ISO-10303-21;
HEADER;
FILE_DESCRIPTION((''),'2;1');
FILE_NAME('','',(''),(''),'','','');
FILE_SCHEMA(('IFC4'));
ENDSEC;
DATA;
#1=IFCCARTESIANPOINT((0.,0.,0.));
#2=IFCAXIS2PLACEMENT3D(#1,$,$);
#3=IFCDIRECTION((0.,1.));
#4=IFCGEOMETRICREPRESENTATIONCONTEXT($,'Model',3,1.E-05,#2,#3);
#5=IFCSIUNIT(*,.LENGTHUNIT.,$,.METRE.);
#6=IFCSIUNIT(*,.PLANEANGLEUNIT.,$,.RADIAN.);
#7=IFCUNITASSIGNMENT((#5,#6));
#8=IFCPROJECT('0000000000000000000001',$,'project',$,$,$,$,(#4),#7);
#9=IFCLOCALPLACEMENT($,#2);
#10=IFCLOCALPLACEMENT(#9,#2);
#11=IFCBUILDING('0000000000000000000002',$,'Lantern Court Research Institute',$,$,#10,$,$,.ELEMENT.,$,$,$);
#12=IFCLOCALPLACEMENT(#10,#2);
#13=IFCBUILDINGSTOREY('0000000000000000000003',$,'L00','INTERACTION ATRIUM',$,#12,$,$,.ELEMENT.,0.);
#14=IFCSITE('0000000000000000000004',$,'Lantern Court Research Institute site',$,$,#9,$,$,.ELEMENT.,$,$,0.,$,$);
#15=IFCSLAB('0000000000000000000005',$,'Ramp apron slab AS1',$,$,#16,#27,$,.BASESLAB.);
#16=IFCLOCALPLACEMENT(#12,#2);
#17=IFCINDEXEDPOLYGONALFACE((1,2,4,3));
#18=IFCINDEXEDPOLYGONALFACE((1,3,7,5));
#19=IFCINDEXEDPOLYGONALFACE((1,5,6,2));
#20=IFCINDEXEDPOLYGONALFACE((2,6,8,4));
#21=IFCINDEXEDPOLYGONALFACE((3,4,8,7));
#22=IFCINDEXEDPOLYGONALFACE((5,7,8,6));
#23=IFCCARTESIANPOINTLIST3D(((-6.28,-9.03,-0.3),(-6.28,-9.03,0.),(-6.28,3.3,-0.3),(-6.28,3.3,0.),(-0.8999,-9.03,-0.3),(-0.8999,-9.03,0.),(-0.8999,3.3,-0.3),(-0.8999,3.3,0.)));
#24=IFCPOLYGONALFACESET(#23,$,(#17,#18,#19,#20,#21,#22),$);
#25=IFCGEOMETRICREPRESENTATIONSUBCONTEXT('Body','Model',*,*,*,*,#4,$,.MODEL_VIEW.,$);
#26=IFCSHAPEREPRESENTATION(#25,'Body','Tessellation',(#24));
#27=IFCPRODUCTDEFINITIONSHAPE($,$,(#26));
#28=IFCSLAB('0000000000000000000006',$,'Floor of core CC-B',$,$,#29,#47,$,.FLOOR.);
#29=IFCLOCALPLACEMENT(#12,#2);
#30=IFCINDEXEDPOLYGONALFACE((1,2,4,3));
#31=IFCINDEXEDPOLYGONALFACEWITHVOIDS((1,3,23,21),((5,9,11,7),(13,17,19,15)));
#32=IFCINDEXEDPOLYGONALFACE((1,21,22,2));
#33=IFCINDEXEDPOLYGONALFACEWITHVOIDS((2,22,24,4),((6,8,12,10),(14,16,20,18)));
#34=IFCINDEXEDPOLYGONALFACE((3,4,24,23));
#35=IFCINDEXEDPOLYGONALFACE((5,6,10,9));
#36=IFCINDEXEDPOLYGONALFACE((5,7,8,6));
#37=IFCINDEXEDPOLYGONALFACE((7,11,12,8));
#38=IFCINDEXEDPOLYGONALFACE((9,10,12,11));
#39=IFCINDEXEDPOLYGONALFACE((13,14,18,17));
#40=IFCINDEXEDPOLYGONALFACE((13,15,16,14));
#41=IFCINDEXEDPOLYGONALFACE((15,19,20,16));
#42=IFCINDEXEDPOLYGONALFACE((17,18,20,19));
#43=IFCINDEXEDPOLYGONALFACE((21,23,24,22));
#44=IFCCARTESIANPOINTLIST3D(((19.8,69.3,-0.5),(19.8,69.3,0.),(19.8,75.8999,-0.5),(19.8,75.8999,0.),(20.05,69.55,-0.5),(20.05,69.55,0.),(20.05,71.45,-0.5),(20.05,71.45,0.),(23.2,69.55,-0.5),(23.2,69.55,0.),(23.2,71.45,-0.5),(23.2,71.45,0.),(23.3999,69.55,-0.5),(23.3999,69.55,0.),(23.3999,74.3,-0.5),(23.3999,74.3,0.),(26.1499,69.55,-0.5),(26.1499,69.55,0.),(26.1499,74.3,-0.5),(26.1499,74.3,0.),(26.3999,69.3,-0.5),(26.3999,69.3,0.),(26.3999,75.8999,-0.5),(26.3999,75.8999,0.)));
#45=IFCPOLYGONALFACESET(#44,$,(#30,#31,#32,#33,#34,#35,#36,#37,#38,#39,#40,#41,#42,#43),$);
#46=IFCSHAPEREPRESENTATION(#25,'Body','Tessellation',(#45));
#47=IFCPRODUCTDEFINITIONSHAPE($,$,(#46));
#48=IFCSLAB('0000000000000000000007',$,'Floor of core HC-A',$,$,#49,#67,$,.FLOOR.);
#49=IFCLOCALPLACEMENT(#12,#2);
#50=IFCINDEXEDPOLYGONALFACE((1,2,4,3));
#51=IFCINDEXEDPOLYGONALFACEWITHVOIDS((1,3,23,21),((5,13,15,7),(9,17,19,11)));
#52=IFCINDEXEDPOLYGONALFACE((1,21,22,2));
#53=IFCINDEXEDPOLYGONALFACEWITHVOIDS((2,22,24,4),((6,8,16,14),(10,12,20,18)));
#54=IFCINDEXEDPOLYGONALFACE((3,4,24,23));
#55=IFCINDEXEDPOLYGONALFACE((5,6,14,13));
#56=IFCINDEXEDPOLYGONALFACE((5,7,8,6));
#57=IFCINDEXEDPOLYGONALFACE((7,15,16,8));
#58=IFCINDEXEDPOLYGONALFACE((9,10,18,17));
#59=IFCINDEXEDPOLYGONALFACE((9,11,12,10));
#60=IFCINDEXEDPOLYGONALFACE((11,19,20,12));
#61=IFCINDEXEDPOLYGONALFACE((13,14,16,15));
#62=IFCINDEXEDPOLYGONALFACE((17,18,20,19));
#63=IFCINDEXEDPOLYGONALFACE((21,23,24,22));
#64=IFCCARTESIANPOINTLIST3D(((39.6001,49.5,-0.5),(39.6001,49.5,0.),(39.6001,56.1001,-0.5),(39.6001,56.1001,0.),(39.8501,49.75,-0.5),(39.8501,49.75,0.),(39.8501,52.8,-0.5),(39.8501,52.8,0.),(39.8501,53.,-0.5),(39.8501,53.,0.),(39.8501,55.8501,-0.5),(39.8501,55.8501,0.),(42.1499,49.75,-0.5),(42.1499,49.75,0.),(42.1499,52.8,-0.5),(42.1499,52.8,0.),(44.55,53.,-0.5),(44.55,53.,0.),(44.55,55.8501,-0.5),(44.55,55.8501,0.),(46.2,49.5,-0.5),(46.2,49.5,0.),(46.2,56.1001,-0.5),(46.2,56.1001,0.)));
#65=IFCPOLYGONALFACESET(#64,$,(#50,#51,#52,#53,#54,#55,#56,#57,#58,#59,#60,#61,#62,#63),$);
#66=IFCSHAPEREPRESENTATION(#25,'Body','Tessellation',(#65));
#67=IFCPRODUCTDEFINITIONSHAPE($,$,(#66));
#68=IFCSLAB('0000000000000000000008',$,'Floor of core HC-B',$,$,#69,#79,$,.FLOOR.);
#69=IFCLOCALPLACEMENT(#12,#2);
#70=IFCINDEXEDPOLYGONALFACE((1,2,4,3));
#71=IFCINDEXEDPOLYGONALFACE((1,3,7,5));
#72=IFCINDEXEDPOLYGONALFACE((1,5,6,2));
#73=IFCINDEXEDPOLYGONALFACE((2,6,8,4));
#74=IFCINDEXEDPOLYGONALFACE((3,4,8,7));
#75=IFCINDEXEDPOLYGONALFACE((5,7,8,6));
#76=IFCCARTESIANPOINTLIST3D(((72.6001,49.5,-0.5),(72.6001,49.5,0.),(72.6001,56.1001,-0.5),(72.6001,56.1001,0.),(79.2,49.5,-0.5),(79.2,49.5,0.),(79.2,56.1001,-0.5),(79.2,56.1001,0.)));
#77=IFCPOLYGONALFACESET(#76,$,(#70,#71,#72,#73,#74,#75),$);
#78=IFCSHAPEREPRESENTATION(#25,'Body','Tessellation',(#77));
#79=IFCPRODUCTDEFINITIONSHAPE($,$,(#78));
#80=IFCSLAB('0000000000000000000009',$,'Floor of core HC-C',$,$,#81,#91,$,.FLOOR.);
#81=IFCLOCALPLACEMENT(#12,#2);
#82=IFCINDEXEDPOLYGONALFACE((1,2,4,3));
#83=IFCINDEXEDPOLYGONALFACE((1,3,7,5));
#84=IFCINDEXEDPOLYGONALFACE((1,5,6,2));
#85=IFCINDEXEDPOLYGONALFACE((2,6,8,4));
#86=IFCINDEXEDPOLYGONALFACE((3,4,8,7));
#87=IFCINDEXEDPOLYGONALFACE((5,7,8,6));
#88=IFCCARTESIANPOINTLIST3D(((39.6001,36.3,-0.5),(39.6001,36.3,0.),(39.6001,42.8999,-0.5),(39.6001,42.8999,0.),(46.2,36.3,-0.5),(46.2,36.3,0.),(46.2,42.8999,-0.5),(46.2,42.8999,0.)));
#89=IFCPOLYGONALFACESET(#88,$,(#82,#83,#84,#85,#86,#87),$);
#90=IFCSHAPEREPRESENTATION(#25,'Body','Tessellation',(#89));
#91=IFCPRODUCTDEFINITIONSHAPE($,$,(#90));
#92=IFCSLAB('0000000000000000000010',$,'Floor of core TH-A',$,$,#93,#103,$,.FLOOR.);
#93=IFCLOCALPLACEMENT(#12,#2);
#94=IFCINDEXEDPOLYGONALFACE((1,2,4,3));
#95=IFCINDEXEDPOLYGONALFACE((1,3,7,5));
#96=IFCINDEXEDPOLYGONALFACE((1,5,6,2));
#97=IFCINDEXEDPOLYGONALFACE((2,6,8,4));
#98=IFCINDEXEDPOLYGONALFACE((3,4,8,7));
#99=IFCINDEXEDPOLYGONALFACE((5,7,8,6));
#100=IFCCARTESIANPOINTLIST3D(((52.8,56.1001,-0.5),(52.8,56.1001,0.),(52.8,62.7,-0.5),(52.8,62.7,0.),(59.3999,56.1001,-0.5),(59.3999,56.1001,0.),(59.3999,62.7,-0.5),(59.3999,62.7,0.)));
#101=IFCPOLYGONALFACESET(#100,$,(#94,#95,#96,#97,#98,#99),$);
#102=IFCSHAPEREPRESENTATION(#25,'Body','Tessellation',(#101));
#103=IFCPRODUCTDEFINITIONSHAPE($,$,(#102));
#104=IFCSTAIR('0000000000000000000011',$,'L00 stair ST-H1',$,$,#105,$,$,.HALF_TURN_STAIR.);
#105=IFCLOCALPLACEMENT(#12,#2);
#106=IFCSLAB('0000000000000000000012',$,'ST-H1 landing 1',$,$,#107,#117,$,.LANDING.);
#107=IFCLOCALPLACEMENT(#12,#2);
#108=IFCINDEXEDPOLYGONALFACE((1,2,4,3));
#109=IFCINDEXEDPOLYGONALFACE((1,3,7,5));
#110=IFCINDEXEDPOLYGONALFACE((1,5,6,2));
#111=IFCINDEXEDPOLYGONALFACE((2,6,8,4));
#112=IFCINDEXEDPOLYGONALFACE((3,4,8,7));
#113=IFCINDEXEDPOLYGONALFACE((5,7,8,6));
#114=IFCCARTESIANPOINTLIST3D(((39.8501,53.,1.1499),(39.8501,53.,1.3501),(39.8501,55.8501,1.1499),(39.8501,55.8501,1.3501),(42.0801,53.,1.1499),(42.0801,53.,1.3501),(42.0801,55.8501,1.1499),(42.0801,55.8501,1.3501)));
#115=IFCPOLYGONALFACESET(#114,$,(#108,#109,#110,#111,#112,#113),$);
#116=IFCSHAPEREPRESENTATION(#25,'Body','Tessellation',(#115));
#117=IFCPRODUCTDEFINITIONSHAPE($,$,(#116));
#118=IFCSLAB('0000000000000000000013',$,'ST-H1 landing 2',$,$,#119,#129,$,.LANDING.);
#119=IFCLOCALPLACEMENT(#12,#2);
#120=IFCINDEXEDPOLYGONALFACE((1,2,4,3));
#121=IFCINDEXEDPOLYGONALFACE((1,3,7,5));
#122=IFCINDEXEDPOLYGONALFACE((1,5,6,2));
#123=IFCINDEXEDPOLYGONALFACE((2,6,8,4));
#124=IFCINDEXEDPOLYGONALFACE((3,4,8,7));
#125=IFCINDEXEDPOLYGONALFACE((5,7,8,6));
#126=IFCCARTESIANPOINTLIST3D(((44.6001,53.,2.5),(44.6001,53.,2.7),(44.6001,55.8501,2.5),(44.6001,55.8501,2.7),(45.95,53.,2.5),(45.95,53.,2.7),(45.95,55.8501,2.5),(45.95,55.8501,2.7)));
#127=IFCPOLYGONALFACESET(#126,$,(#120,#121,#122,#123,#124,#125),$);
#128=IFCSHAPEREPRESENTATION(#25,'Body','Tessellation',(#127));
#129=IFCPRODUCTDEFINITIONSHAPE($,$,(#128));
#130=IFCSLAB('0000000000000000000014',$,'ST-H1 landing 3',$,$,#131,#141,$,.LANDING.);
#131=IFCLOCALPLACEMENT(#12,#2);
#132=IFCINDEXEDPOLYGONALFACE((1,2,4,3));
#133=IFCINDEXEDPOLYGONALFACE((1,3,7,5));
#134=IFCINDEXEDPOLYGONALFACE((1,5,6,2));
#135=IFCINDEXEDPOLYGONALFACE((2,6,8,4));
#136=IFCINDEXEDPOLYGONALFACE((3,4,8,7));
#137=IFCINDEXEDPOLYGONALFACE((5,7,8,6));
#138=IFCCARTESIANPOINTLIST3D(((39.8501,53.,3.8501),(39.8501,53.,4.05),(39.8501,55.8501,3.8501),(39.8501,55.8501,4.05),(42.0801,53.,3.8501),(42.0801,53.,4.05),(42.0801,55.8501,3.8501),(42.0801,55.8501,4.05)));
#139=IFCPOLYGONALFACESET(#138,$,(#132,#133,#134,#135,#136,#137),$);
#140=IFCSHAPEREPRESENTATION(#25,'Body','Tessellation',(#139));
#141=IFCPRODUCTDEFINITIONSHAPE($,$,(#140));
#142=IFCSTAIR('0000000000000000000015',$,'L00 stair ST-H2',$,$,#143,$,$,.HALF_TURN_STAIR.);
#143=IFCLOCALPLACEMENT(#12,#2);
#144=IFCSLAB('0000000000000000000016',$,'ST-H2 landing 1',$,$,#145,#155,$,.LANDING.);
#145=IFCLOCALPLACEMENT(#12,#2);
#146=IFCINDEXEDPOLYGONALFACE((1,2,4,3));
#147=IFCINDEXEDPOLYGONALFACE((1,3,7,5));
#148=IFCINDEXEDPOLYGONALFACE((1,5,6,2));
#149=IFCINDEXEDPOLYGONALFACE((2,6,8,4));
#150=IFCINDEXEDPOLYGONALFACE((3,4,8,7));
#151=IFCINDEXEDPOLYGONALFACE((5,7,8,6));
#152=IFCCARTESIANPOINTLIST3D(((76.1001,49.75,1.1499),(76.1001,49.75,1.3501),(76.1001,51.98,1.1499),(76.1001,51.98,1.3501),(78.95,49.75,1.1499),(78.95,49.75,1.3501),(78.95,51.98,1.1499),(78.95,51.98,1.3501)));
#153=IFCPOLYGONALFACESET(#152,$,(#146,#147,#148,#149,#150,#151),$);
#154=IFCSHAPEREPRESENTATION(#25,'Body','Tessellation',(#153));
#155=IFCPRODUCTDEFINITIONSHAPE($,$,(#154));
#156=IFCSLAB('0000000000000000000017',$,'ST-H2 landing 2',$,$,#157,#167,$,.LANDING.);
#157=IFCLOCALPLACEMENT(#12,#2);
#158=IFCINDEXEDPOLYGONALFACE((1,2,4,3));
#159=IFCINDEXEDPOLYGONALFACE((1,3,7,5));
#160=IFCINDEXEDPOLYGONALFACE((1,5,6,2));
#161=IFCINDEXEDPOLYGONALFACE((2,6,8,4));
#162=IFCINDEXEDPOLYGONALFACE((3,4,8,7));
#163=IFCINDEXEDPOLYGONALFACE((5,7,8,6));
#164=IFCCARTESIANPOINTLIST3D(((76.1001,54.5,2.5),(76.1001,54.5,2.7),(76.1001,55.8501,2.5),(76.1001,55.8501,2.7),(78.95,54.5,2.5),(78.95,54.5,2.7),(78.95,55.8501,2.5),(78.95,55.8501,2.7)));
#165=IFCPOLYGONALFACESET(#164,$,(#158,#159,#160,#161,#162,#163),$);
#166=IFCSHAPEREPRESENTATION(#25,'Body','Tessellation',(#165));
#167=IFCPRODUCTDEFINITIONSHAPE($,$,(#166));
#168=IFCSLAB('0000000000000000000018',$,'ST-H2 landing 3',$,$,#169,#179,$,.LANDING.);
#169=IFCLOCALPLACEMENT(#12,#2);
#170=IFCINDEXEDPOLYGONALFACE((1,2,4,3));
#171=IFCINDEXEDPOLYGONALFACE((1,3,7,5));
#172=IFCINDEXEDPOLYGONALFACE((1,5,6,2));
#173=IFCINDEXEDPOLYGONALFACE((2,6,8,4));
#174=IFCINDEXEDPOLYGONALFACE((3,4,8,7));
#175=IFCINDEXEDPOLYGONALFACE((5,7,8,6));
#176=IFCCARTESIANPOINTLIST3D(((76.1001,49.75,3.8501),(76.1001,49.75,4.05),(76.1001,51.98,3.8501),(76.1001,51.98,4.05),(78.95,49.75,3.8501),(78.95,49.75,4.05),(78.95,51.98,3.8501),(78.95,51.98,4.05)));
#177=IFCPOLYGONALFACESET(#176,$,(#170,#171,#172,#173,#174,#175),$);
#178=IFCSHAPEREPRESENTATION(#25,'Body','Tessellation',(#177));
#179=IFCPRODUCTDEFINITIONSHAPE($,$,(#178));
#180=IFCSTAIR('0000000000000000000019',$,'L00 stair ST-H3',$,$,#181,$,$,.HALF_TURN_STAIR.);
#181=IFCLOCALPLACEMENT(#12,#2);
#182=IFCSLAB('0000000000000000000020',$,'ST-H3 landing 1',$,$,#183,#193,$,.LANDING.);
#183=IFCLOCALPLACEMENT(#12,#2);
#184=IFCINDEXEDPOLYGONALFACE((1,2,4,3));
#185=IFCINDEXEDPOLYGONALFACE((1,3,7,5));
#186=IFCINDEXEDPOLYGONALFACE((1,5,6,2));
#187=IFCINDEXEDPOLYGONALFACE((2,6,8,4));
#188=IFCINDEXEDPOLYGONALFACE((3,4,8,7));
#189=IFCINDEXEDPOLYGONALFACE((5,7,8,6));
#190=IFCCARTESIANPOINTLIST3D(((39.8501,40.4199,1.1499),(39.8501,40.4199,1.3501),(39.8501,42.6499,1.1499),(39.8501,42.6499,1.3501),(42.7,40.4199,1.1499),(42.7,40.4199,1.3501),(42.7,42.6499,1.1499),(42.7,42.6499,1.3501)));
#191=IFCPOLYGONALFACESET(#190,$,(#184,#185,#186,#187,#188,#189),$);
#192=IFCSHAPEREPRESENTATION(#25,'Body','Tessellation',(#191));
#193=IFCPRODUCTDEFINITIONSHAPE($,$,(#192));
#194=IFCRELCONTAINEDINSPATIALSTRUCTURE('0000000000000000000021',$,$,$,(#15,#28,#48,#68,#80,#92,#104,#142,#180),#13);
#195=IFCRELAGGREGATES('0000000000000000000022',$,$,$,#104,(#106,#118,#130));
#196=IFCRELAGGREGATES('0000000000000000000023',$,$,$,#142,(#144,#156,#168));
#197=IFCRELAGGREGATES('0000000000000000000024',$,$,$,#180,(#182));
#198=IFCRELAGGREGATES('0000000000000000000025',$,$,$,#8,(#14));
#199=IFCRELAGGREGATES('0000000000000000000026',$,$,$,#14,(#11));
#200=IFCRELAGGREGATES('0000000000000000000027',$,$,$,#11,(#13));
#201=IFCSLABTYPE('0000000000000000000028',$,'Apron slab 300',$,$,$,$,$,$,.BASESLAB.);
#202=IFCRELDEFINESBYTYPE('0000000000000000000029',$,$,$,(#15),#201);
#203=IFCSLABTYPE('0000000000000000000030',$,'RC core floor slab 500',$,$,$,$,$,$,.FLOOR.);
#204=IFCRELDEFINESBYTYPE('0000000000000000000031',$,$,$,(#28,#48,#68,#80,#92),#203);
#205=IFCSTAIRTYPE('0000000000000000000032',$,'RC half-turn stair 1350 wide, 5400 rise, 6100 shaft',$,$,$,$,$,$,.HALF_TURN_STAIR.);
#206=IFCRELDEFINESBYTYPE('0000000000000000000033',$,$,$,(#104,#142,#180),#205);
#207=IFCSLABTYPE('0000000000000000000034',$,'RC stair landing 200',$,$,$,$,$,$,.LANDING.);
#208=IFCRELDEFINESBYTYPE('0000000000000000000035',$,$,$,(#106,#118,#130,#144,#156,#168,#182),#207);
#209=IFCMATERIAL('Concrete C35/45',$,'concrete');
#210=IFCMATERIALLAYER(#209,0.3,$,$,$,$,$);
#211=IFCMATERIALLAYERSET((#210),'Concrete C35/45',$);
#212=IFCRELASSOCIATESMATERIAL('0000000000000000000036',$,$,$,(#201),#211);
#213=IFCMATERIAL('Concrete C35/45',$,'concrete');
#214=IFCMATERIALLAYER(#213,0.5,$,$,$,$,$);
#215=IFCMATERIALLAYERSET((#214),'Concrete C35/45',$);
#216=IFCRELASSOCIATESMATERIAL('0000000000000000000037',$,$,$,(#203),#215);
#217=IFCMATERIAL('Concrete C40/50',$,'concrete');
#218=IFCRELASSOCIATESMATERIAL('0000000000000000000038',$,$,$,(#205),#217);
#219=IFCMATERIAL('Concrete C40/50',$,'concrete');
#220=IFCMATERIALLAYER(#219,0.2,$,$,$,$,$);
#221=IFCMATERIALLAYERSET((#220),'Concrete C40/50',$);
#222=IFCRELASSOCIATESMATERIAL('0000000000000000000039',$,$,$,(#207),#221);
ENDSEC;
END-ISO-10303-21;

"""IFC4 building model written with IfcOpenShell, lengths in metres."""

from ifc_helpers import new_model, si_unit, direction, frame, origin, place, context, subcontext, project, spatial, polyline, outline, extrude, material, layer, layer_set, type_object, element, aggregate, save


model = new_model("IFC4")

# Units and contexts
model_context = context("Model", 3, precision=1e-05, world=origin(), true_north=direction((0.0, 1.0)))
body_context = subcontext(model_context, "Body", "Model", "MODEL_VIEW")
ifc_project = project(units=[si_unit("LENGTHUNIT", "METRE"), si_unit("PLANEANGLEUNIT", "RADIAN")], contexts=[model_context])

# Site, building, storey
site_placement = place(None, origin())
site = spatial("IfcSite", under=ifc_project, at=site_placement, Name="Lantern Court Research Institute site", CompositionType="ELEMENT", RefElevation=0.0)
building_placement = place(site_placement, origin())
building = spatial("IfcBuilding", under=site, at=building_placement, Name="Lantern Court Research Institute", CompositionType="ELEMENT")
storey_placement = place(building_placement, origin())
storey = spatial("IfcBuildingStorey", under=building, at=storey_placement, Name="L00", Description="INTERACTION ATRIUM", CompositionType="ELEMENT", Elevation=0.0)

# Slabs
ifc_material_1 = material(Name="Concrete C35/45", Category="concrete")
ifc_layer_1 = layer(ifc_material_1, 0.3)
ifc_layer_set_1 = layer_set([ifc_layer_1], Name="Concrete C35/45")
slab_type_1 = type_object("IfcSlabType", Name="Apron slab 300", PredefinedType="BASESLAB", material=ifc_layer_set_1)
slab_1_placement = place(storey_placement, frame((0.0, 0.0, -0.3)))
element("IfcSlab", 1, at=slab_1_placement, inside=storey, type_object=slab_type_1, Name="Ramp apron slab AS1", PredefinedType="BASESLAB", context=body_context, shape_type="SweptSolid", body=[
    extrude(outline(polyline([(-6.28, -9.03), (-0.8999, -9.03), (-0.8999, 3.3), (-6.28, 3.3), (-6.28, -9.03)])), origin(), (0.0, 0.0, 1.0), 0.3),
])
ifc_material_2 = material(Name="Concrete C35/45", Category="concrete")
ifc_layer_2 = layer(ifc_material_2, 0.5)
ifc_layer_set_2 = layer_set([ifc_layer_2], Name="Concrete C35/45")
slab_type_2 = type_object("IfcSlabType", Name="RC core floor slab 500", PredefinedType="FLOOR", material=ifc_layer_set_2)
slab_2_placement = place(storey_placement, frame((0.0, 0.0, -0.5)))
element("IfcSlab", 2, at=slab_2_placement, inside=storey, type_object=slab_type_2, Name="Floor of core CC-B", PredefinedType="FLOOR", context=body_context, shape_type="SweptSolid", body=[
    extrude(outline(polyline([(19.8, 69.3), (26.3999, 69.3), (26.3999, 75.8999), (19.8, 75.8999), (19.8, 69.3)]), holes=[polyline([(23.3999, 74.3), (23.3999, 69.55), (26.1499, 69.55), (26.1499, 74.3), (23.3999, 74.3)]), polyline([(20.05, 71.45), (23.2, 71.45), (23.2, 69.55), (20.05, 69.55), (20.05, 71.45)])]), origin(), (0.0, 0.0, 1.0), 0.5),
])
slab_3_placement = place(storey_placement, frame((0.0, 0.0, -0.5)))
element("IfcSlab", 3, at=slab_3_placement, inside=storey, type_object=slab_type_2, Name="Floor of core HC-A", PredefinedType="FLOOR", context=body_context, shape_type="SweptSolid", body=[
    extrude(outline(polyline([(39.6001, 49.5), (46.2, 49.5), (46.2, 56.1001), (39.6001, 56.1001), (39.6001, 49.5)]), holes=[polyline([(44.55, 55.8501), (39.8501, 55.8501), (39.8501, 53.0), (44.55, 53.0), (44.55, 55.8501)]), polyline([(39.8501, 49.75), (42.1499, 49.75), (42.1499, 52.8), (39.8501, 52.8), (39.8501, 49.75)])]), origin(), (0.0, 0.0, 1.0), 0.5),
])
slab_4_placement = place(storey_placement, frame((0.0, 0.0, -0.5)))
element("IfcSlab", 4, at=slab_4_placement, inside=storey, type_object=slab_type_2, Name="Floor of core HC-B", PredefinedType="FLOOR", context=body_context, shape_type="SweptSolid", body=[
    extrude(outline(polyline([(72.6001, 49.5), (79.2, 49.5), (79.2, 56.1001), (72.6001, 56.1001), (72.6001, 49.5)])), origin(), (0.0, 0.0, 1.0), 0.5),
])
slab_5_placement = place(storey_placement, frame((0.0, 0.0, -0.5)))
element("IfcSlab", 5, at=slab_5_placement, inside=storey, type_object=slab_type_2, Name="Floor of core HC-C", PredefinedType="FLOOR", context=body_context, shape_type="SweptSolid", body=[
    extrude(outline(polyline([(39.6001, 36.3), (46.2, 36.3), (46.2, 42.8999), (39.6001, 42.8999), (39.6001, 36.3)])), origin(), (0.0, 0.0, 1.0), 0.5),
])
slab_6_placement = place(storey_placement, frame((0.0, 0.0, -0.5)))
element("IfcSlab", 6, at=slab_6_placement, inside=storey, type_object=slab_type_2, Name="Floor of core TH-A", PredefinedType="FLOOR", context=body_context, shape_type="SweptSolid", body=[
    extrude(outline(polyline([(52.8, 56.1001), (59.3999, 56.1001), (59.3999, 62.7), (52.8, 62.7), (52.8, 56.1001)])), origin(), (0.0, 0.0, 1.0), 0.5),
])

# Stairs, slabs
ifc_material_3 = material(Name="Concrete C40/50", Category="concrete")
stair_type = type_object("IfcStairType", Name="RC half-turn stair 1350 wide, 5400 rise, 6100 shaft", PredefinedType="HALF_TURN_STAIR", material=ifc_material_3)
stair_1_placement = place(storey_placement, origin())
stair_1 = element("IfcStair", 7, at=stair_1_placement, inside=storey, type_object=stair_type, Name="L00 stair ST-H1", PredefinedType="HALF_TURN_STAIR")
ifc_material_4 = material(Name="Concrete C40/50", Category="concrete")
ifc_layer_3 = layer(ifc_material_4, 0.2)
ifc_layer_set_3 = layer_set([ifc_layer_3], Name="Concrete C40/50")
slab_type_3 = type_object("IfcSlabType", Name="RC stair landing 200", PredefinedType="LANDING", material=ifc_layer_set_3)
slab_7_placement = place(storey_placement, frame((0.0, 0.0, 1.1499)))
slab_7 = element("IfcSlab", 8, at=slab_7_placement, type_object=slab_type_3, Name="ST-H1 landing 1", PredefinedType="LANDING", context=body_context, shape_type="SweptSolid", body=[
    extrude(outline(polyline([(42.0801, 55.8501), (39.8501, 55.8501), (39.8501, 53.0), (42.0801, 53.0), (42.0801, 55.8501)])), origin(), (0.0, 0.0, 1.0), 0.2002),
])
slab_8_placement = place(storey_placement, frame((0.0, 0.0, 2.5)))
slab_8 = element("IfcSlab", 9, at=slab_8_placement, type_object=slab_type_3, Name="ST-H1 landing 2", PredefinedType="LANDING", context=body_context, shape_type="SweptSolid", body=[
    extrude(outline(polyline([(45.95, 55.8501), (44.6001, 55.8501), (44.6001, 53.0), (45.95, 53.0), (45.95, 55.8501)])), origin(), (0.0, 0.0, 1.0), 0.2),
])
slab_9_placement = place(storey_placement, frame((0.0, 0.0, 3.8501)))
slab_9 = element("IfcSlab", 10, at=slab_9_placement, type_object=slab_type_3, Name="ST-H1 landing 3", PredefinedType="LANDING", context=body_context, shape_type="SweptSolid", body=[
    extrude(outline(polyline([(42.0801, 55.8501), (39.8501, 55.8501), (39.8501, 53.0), (42.0801, 53.0), (42.0801, 55.8501)])), origin(), (0.0, 0.0, 1.0), 0.2),
])
aggregate(stair_1, [slab_7, slab_8, slab_9])
stair_2_placement = place(storey_placement, origin())
stair_2 = element("IfcStair", 11, at=stair_2_placement, inside=storey, type_object=stair_type, Name="L00 stair ST-H2", PredefinedType="HALF_TURN_STAIR")
slab_10_placement = place(storey_placement, frame((0.0, 0.0, 1.1499)))
slab_10 = element("IfcSlab", 12, at=slab_10_placement, type_object=slab_type_3, Name="ST-H2 landing 1", PredefinedType="LANDING", context=body_context, shape_type="SweptSolid", body=[
    extrude(outline(polyline([(76.1001, 51.98), (76.1001, 49.75), (78.95, 49.75), (78.95, 51.98), (76.1001, 51.98)])), origin(), (0.0, 0.0, 1.0), 0.2002),
])
slab_11_placement = place(storey_placement, frame((0.0, 0.0, 2.5)))
slab_11 = element("IfcSlab", 13, at=slab_11_placement, type_object=slab_type_3, Name="ST-H2 landing 2", PredefinedType="LANDING", context=body_context, shape_type="SweptSolid", body=[
    extrude(outline(polyline([(76.1001, 55.8501), (76.1001, 54.5), (78.95, 54.5), (78.95, 55.8501), (76.1001, 55.8501)])), origin(), (0.0, 0.0, 1.0), 0.2),
])
slab_12_placement = place(storey_placement, frame((0.0, 0.0, 3.8501)))
slab_12 = element("IfcSlab", 14, at=slab_12_placement, type_object=slab_type_3, Name="ST-H2 landing 3", PredefinedType="LANDING", context=body_context, shape_type="SweptSolid", body=[
    extrude(outline(polyline([(76.1001, 51.98), (76.1001, 49.75), (78.95, 49.75), (78.95, 51.98), (76.1001, 51.98)])), origin(), (0.0, 0.0, 1.0), 0.2),
])
aggregate(stair_2, [slab_10, slab_11, slab_12])
stair_3_placement = place(storey_placement, origin())
stair_3 = element("IfcStair", 15, at=stair_3_placement, inside=storey, type_object=stair_type, Name="L00 stair ST-H3", PredefinedType="HALF_TURN_STAIR")
slab_13_placement = place(storey_placement, frame((0.0, 0.0, 1.1499)))
slab_13 = element("IfcSlab", 16, at=slab_13_placement, type_object=slab_type_3, Name="ST-H3 landing 1", PredefinedType="LANDING", context=body_context, shape_type="SweptSolid", body=[
    extrude(outline(polyline([(42.7, 40.4199), (42.7, 42.6499), (39.8501, 42.6499), (39.8501, 40.4199), (42.7, 40.4199)])), origin(), (0.0, 0.0, 1.0), 0.2002),
])
aggregate(stair_3, [slab_13])

save(model, "model.ifc")
